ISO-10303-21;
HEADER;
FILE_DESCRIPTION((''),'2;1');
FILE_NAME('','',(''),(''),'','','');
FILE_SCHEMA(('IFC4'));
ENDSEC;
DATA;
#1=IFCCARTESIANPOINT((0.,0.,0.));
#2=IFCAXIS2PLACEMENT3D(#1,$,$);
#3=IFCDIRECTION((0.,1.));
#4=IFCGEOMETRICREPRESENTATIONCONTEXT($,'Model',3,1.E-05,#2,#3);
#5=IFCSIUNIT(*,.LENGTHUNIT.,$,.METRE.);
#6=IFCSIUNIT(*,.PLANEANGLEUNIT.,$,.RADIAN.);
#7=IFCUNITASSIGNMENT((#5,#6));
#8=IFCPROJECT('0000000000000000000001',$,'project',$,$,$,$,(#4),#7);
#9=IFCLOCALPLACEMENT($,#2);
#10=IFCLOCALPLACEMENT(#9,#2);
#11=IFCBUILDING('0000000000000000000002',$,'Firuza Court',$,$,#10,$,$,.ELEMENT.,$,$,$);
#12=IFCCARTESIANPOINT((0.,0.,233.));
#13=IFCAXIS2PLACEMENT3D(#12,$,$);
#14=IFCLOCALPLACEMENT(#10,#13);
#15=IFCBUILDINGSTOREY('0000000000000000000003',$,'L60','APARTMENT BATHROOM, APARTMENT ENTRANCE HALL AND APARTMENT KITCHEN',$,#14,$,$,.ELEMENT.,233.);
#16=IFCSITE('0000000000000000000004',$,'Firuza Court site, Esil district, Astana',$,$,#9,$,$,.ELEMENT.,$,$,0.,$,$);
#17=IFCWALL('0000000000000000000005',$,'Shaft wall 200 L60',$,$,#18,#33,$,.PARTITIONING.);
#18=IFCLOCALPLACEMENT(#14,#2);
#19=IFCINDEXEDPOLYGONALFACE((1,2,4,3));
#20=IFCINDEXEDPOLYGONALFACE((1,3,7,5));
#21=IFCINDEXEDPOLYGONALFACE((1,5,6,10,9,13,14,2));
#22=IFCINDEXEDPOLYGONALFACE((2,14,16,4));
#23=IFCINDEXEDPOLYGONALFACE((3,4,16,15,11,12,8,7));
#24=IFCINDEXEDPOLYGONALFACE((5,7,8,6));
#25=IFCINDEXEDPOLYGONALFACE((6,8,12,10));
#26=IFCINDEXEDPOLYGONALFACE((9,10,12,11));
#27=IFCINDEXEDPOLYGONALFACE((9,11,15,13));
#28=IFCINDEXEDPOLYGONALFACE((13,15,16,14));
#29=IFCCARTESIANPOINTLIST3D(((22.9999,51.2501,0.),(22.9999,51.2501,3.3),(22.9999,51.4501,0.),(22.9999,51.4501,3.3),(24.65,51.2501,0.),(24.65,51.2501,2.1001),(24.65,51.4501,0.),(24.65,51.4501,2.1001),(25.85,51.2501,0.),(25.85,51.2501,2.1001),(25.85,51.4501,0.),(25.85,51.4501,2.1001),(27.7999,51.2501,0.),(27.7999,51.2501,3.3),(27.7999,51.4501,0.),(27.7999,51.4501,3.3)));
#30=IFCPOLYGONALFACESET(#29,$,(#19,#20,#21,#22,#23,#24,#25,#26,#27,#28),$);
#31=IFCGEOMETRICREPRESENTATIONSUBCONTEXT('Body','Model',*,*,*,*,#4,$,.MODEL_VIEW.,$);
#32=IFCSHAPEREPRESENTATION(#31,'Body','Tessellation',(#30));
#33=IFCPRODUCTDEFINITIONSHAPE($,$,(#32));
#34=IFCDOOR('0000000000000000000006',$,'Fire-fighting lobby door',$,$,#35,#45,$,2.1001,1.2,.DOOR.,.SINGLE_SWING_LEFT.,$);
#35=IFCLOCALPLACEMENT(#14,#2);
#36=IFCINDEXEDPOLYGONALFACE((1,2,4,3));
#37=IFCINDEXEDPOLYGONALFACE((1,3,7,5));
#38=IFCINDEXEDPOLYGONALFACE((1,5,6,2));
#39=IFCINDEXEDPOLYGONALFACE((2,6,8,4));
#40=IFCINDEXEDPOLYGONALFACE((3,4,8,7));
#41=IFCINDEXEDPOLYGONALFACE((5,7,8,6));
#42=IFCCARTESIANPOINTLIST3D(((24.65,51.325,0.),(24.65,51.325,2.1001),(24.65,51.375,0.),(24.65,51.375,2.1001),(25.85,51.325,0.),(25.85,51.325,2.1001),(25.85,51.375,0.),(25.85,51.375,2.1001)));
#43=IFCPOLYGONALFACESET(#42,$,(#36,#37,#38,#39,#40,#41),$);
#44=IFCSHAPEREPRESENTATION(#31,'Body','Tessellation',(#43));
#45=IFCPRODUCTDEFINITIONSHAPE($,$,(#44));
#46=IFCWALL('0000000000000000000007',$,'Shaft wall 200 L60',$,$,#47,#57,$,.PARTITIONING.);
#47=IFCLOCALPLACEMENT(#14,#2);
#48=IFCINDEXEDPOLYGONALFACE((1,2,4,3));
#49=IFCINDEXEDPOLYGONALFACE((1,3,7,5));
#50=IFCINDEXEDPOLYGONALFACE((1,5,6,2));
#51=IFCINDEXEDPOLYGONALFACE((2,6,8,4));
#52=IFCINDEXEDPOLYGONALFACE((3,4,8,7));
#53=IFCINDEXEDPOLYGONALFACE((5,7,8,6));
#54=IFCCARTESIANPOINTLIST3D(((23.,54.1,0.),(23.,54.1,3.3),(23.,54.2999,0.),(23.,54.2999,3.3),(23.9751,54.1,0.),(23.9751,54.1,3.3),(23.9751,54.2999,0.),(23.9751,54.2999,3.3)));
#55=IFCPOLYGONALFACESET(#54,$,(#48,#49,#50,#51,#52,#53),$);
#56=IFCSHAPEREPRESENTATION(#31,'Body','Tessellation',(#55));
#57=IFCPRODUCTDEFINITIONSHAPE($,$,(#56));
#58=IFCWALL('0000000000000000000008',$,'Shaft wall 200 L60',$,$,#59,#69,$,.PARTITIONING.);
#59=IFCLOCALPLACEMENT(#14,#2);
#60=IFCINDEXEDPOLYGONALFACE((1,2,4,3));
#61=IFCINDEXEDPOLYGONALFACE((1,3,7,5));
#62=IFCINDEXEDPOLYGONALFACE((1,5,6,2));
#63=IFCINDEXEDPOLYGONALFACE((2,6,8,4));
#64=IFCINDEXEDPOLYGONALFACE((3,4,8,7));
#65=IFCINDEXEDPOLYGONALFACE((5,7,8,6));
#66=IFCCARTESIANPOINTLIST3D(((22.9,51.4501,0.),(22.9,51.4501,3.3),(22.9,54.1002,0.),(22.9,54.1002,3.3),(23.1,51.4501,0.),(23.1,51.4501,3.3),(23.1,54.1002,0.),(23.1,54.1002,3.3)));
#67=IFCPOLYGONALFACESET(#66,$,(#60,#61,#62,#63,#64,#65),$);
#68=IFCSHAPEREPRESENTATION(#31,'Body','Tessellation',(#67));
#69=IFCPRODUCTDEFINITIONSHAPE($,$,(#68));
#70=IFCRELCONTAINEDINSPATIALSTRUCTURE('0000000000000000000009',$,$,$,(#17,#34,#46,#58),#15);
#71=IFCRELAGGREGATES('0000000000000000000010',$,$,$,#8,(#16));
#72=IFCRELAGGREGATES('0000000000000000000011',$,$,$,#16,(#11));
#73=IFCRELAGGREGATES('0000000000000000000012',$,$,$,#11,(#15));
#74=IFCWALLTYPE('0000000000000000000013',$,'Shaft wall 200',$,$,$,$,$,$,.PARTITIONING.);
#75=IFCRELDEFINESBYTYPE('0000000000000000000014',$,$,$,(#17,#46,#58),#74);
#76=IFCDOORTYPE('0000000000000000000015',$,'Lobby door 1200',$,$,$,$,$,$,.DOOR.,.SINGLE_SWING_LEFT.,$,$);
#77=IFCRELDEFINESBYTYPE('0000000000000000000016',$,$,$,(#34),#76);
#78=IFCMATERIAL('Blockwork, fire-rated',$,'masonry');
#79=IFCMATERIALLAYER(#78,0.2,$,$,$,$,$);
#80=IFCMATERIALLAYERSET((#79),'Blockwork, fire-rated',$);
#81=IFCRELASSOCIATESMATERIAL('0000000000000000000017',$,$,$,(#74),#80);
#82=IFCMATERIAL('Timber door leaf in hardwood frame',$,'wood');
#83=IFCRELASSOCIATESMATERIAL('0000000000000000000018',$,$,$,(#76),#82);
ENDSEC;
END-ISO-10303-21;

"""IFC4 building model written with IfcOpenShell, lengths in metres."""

from ifc_helpers import new_model, si_unit, direction, frame, frame_2d, origin, place, context, subcontext, project, spatial, rectangle, extrude, material, layer, layer_set, type_object, element, fill, save


model = new_model("IFC4")

# Units and contexts
model_context = context("Model", 3, precision=1e-05, world=origin(), true_north=direction((0.0, 1.0)))
body_context = subcontext(model_context, "Body", "Model", "MODEL_VIEW")
ifc_project = project(units=[si_unit("LENGTHUNIT", "METRE"), si_unit("PLANEANGLEUNIT", "RADIAN")], contexts=[model_context])

# Site, building, storey
site_placement = place(None, origin())
site = spatial("IfcSite", under=ifc_project, at=site_placement, Name="Firuza Court site, Esil district, Astana", CompositionType="ELEMENT", RefElevation=0.0)
building_placement = place(site_placement, origin())
building = spatial("IfcBuilding", under=site, at=building_placement, Name="Firuza Court", CompositionType="ELEMENT")
storey_placement = place(building_placement, frame((0.0, 0.0, 233.0)))
storey = spatial("IfcBuildingStorey", under=building, at=storey_placement, Name="L60", Description="APARTMENT BATHROOM, APARTMENT ENTRANCE HALL AND APARTMENT KITCHEN", CompositionType="ELEMENT", Elevation=233.0)

# Shared definitions
ifc_material_1 = material(Name="Blockwork, fire-rated", Category="masonry")

# Wall, opening, door
ifc_layer_1 = layer(ifc_material_1, 0.2)
ifc_layer_set_1 = layer_set([ifc_layer_1], Name="Blockwork, fire-rated")
wall_type_1 = type_object("IfcWallType", Name="Shaft wall 200", PredefinedType="PARTITIONING", material=ifc_layer_set_1)
wall_1_placement = place(storey_placement, frame((23.0, 51.3501, 0.0), z_axis=(0.0, 0.0, 1.0), x_axis=(1.0, 0.0, 0.0)))
wall_1 = element("IfcWall", 1, at=wall_1_placement, inside=storey, type_object=wall_type_1, Name="Shaft wall 200 L60", PredefinedType="PARTITIONING", context=body_context, shape_type="SweptSolid", body=[
    extrude(rectangle(XDim=4.8, YDim=0.2, at=frame_2d((2.3999, 0.0))), origin(), (0.0, 0.0, 1.0), 3.3),
])
opening_1_placement = place(wall_1_placement, frame((1.6499, 0.0, 0.0)))
opening_1 = element("IfcOpeningElement", 2, at=opening_1_placement, cuts=wall_1, PredefinedType="OPENING", context=body_context, shape_type="SweptSolid", body=[
    extrude(rectangle(XDim=1.2, YDim=2.1001, at=frame_2d((0.6001, 1.05))), frame((0.0, 0.1118, 0.0), z_axis=(0.0, -1.0, 0.0), x_axis=(1.0, 0.0, 0.0)), (0.0, 0.0, 1.0), 0.2239),
])
ifc_material_2 = material(Name="Timber door leaf in hardwood frame", Category="wood")
door_type_1 = type_object("IfcDoorType", Name="Lobby door 1200", OperationType="SINGLE_SWING_LEFT", PredefinedType="DOOR", material=ifc_material_2)
door_1_placement = place(opening_1_placement, origin())
door_1 = element("IfcDoor", 3, at=door_1_placement, inside=storey, type_object=door_type_1, Name="Fire-fighting lobby door", OperationType="SINGLE_SWING_LEFT", OverallHeight=2.1001, OverallWidth=1.2, PredefinedType="DOOR", context=body_context, shape_type="SweptSolid", body=[
    extrude(rectangle(XDim=1.2, YDim=2.1001, at=frame_2d((0.6001, 1.05))), frame((0.0, 0.0249, 0.0), z_axis=(0.0, -1.0, 0.0), x_axis=(1.0, 0.0, 0.0)), (0.0, 0.0, 1.0), 0.05),
])
fill(opening_1, door_1)

# Walls
wall_2_placement = place(storey_placement, frame((23.0, 54.2, 0.0), z_axis=(0.0, 0.0, 1.0), x_axis=(1.0, 0.0, 0.0)))
element("IfcWall", 4, at=wall_2_placement, inside=storey, type_object=wall_type_1, Name="Shaft wall 200 L60", PredefinedType="PARTITIONING", context=body_context, shape_type="SweptSolid", body=[
    extrude(rectangle(XDim=0.9751, YDim=0.2, at=frame_2d((0.4875, 0.0))), origin(), (0.0, 0.0, 1.0), 3.3),
])
wall_3_placement = place(storey_placement, frame((23.0, 51.45, 0.0), z_axis=(0.0, 0.0, 1.0), x_axis=(0.0, 1.0, 0.0)))
element("IfcWall", 5, at=wall_3_placement, inside=storey, type_object=wall_type_1, Name="Shaft wall 200 L60", PredefinedType="PARTITIONING", context=body_context, shape_type="SweptSolid", body=[
    extrude(rectangle(XDim=2.6501, YDim=0.2, at=frame_2d((1.3252, 0.0))), origin(), (0.0, 0.0, 1.0), 3.3),
])

save(model, "model.ifc")
